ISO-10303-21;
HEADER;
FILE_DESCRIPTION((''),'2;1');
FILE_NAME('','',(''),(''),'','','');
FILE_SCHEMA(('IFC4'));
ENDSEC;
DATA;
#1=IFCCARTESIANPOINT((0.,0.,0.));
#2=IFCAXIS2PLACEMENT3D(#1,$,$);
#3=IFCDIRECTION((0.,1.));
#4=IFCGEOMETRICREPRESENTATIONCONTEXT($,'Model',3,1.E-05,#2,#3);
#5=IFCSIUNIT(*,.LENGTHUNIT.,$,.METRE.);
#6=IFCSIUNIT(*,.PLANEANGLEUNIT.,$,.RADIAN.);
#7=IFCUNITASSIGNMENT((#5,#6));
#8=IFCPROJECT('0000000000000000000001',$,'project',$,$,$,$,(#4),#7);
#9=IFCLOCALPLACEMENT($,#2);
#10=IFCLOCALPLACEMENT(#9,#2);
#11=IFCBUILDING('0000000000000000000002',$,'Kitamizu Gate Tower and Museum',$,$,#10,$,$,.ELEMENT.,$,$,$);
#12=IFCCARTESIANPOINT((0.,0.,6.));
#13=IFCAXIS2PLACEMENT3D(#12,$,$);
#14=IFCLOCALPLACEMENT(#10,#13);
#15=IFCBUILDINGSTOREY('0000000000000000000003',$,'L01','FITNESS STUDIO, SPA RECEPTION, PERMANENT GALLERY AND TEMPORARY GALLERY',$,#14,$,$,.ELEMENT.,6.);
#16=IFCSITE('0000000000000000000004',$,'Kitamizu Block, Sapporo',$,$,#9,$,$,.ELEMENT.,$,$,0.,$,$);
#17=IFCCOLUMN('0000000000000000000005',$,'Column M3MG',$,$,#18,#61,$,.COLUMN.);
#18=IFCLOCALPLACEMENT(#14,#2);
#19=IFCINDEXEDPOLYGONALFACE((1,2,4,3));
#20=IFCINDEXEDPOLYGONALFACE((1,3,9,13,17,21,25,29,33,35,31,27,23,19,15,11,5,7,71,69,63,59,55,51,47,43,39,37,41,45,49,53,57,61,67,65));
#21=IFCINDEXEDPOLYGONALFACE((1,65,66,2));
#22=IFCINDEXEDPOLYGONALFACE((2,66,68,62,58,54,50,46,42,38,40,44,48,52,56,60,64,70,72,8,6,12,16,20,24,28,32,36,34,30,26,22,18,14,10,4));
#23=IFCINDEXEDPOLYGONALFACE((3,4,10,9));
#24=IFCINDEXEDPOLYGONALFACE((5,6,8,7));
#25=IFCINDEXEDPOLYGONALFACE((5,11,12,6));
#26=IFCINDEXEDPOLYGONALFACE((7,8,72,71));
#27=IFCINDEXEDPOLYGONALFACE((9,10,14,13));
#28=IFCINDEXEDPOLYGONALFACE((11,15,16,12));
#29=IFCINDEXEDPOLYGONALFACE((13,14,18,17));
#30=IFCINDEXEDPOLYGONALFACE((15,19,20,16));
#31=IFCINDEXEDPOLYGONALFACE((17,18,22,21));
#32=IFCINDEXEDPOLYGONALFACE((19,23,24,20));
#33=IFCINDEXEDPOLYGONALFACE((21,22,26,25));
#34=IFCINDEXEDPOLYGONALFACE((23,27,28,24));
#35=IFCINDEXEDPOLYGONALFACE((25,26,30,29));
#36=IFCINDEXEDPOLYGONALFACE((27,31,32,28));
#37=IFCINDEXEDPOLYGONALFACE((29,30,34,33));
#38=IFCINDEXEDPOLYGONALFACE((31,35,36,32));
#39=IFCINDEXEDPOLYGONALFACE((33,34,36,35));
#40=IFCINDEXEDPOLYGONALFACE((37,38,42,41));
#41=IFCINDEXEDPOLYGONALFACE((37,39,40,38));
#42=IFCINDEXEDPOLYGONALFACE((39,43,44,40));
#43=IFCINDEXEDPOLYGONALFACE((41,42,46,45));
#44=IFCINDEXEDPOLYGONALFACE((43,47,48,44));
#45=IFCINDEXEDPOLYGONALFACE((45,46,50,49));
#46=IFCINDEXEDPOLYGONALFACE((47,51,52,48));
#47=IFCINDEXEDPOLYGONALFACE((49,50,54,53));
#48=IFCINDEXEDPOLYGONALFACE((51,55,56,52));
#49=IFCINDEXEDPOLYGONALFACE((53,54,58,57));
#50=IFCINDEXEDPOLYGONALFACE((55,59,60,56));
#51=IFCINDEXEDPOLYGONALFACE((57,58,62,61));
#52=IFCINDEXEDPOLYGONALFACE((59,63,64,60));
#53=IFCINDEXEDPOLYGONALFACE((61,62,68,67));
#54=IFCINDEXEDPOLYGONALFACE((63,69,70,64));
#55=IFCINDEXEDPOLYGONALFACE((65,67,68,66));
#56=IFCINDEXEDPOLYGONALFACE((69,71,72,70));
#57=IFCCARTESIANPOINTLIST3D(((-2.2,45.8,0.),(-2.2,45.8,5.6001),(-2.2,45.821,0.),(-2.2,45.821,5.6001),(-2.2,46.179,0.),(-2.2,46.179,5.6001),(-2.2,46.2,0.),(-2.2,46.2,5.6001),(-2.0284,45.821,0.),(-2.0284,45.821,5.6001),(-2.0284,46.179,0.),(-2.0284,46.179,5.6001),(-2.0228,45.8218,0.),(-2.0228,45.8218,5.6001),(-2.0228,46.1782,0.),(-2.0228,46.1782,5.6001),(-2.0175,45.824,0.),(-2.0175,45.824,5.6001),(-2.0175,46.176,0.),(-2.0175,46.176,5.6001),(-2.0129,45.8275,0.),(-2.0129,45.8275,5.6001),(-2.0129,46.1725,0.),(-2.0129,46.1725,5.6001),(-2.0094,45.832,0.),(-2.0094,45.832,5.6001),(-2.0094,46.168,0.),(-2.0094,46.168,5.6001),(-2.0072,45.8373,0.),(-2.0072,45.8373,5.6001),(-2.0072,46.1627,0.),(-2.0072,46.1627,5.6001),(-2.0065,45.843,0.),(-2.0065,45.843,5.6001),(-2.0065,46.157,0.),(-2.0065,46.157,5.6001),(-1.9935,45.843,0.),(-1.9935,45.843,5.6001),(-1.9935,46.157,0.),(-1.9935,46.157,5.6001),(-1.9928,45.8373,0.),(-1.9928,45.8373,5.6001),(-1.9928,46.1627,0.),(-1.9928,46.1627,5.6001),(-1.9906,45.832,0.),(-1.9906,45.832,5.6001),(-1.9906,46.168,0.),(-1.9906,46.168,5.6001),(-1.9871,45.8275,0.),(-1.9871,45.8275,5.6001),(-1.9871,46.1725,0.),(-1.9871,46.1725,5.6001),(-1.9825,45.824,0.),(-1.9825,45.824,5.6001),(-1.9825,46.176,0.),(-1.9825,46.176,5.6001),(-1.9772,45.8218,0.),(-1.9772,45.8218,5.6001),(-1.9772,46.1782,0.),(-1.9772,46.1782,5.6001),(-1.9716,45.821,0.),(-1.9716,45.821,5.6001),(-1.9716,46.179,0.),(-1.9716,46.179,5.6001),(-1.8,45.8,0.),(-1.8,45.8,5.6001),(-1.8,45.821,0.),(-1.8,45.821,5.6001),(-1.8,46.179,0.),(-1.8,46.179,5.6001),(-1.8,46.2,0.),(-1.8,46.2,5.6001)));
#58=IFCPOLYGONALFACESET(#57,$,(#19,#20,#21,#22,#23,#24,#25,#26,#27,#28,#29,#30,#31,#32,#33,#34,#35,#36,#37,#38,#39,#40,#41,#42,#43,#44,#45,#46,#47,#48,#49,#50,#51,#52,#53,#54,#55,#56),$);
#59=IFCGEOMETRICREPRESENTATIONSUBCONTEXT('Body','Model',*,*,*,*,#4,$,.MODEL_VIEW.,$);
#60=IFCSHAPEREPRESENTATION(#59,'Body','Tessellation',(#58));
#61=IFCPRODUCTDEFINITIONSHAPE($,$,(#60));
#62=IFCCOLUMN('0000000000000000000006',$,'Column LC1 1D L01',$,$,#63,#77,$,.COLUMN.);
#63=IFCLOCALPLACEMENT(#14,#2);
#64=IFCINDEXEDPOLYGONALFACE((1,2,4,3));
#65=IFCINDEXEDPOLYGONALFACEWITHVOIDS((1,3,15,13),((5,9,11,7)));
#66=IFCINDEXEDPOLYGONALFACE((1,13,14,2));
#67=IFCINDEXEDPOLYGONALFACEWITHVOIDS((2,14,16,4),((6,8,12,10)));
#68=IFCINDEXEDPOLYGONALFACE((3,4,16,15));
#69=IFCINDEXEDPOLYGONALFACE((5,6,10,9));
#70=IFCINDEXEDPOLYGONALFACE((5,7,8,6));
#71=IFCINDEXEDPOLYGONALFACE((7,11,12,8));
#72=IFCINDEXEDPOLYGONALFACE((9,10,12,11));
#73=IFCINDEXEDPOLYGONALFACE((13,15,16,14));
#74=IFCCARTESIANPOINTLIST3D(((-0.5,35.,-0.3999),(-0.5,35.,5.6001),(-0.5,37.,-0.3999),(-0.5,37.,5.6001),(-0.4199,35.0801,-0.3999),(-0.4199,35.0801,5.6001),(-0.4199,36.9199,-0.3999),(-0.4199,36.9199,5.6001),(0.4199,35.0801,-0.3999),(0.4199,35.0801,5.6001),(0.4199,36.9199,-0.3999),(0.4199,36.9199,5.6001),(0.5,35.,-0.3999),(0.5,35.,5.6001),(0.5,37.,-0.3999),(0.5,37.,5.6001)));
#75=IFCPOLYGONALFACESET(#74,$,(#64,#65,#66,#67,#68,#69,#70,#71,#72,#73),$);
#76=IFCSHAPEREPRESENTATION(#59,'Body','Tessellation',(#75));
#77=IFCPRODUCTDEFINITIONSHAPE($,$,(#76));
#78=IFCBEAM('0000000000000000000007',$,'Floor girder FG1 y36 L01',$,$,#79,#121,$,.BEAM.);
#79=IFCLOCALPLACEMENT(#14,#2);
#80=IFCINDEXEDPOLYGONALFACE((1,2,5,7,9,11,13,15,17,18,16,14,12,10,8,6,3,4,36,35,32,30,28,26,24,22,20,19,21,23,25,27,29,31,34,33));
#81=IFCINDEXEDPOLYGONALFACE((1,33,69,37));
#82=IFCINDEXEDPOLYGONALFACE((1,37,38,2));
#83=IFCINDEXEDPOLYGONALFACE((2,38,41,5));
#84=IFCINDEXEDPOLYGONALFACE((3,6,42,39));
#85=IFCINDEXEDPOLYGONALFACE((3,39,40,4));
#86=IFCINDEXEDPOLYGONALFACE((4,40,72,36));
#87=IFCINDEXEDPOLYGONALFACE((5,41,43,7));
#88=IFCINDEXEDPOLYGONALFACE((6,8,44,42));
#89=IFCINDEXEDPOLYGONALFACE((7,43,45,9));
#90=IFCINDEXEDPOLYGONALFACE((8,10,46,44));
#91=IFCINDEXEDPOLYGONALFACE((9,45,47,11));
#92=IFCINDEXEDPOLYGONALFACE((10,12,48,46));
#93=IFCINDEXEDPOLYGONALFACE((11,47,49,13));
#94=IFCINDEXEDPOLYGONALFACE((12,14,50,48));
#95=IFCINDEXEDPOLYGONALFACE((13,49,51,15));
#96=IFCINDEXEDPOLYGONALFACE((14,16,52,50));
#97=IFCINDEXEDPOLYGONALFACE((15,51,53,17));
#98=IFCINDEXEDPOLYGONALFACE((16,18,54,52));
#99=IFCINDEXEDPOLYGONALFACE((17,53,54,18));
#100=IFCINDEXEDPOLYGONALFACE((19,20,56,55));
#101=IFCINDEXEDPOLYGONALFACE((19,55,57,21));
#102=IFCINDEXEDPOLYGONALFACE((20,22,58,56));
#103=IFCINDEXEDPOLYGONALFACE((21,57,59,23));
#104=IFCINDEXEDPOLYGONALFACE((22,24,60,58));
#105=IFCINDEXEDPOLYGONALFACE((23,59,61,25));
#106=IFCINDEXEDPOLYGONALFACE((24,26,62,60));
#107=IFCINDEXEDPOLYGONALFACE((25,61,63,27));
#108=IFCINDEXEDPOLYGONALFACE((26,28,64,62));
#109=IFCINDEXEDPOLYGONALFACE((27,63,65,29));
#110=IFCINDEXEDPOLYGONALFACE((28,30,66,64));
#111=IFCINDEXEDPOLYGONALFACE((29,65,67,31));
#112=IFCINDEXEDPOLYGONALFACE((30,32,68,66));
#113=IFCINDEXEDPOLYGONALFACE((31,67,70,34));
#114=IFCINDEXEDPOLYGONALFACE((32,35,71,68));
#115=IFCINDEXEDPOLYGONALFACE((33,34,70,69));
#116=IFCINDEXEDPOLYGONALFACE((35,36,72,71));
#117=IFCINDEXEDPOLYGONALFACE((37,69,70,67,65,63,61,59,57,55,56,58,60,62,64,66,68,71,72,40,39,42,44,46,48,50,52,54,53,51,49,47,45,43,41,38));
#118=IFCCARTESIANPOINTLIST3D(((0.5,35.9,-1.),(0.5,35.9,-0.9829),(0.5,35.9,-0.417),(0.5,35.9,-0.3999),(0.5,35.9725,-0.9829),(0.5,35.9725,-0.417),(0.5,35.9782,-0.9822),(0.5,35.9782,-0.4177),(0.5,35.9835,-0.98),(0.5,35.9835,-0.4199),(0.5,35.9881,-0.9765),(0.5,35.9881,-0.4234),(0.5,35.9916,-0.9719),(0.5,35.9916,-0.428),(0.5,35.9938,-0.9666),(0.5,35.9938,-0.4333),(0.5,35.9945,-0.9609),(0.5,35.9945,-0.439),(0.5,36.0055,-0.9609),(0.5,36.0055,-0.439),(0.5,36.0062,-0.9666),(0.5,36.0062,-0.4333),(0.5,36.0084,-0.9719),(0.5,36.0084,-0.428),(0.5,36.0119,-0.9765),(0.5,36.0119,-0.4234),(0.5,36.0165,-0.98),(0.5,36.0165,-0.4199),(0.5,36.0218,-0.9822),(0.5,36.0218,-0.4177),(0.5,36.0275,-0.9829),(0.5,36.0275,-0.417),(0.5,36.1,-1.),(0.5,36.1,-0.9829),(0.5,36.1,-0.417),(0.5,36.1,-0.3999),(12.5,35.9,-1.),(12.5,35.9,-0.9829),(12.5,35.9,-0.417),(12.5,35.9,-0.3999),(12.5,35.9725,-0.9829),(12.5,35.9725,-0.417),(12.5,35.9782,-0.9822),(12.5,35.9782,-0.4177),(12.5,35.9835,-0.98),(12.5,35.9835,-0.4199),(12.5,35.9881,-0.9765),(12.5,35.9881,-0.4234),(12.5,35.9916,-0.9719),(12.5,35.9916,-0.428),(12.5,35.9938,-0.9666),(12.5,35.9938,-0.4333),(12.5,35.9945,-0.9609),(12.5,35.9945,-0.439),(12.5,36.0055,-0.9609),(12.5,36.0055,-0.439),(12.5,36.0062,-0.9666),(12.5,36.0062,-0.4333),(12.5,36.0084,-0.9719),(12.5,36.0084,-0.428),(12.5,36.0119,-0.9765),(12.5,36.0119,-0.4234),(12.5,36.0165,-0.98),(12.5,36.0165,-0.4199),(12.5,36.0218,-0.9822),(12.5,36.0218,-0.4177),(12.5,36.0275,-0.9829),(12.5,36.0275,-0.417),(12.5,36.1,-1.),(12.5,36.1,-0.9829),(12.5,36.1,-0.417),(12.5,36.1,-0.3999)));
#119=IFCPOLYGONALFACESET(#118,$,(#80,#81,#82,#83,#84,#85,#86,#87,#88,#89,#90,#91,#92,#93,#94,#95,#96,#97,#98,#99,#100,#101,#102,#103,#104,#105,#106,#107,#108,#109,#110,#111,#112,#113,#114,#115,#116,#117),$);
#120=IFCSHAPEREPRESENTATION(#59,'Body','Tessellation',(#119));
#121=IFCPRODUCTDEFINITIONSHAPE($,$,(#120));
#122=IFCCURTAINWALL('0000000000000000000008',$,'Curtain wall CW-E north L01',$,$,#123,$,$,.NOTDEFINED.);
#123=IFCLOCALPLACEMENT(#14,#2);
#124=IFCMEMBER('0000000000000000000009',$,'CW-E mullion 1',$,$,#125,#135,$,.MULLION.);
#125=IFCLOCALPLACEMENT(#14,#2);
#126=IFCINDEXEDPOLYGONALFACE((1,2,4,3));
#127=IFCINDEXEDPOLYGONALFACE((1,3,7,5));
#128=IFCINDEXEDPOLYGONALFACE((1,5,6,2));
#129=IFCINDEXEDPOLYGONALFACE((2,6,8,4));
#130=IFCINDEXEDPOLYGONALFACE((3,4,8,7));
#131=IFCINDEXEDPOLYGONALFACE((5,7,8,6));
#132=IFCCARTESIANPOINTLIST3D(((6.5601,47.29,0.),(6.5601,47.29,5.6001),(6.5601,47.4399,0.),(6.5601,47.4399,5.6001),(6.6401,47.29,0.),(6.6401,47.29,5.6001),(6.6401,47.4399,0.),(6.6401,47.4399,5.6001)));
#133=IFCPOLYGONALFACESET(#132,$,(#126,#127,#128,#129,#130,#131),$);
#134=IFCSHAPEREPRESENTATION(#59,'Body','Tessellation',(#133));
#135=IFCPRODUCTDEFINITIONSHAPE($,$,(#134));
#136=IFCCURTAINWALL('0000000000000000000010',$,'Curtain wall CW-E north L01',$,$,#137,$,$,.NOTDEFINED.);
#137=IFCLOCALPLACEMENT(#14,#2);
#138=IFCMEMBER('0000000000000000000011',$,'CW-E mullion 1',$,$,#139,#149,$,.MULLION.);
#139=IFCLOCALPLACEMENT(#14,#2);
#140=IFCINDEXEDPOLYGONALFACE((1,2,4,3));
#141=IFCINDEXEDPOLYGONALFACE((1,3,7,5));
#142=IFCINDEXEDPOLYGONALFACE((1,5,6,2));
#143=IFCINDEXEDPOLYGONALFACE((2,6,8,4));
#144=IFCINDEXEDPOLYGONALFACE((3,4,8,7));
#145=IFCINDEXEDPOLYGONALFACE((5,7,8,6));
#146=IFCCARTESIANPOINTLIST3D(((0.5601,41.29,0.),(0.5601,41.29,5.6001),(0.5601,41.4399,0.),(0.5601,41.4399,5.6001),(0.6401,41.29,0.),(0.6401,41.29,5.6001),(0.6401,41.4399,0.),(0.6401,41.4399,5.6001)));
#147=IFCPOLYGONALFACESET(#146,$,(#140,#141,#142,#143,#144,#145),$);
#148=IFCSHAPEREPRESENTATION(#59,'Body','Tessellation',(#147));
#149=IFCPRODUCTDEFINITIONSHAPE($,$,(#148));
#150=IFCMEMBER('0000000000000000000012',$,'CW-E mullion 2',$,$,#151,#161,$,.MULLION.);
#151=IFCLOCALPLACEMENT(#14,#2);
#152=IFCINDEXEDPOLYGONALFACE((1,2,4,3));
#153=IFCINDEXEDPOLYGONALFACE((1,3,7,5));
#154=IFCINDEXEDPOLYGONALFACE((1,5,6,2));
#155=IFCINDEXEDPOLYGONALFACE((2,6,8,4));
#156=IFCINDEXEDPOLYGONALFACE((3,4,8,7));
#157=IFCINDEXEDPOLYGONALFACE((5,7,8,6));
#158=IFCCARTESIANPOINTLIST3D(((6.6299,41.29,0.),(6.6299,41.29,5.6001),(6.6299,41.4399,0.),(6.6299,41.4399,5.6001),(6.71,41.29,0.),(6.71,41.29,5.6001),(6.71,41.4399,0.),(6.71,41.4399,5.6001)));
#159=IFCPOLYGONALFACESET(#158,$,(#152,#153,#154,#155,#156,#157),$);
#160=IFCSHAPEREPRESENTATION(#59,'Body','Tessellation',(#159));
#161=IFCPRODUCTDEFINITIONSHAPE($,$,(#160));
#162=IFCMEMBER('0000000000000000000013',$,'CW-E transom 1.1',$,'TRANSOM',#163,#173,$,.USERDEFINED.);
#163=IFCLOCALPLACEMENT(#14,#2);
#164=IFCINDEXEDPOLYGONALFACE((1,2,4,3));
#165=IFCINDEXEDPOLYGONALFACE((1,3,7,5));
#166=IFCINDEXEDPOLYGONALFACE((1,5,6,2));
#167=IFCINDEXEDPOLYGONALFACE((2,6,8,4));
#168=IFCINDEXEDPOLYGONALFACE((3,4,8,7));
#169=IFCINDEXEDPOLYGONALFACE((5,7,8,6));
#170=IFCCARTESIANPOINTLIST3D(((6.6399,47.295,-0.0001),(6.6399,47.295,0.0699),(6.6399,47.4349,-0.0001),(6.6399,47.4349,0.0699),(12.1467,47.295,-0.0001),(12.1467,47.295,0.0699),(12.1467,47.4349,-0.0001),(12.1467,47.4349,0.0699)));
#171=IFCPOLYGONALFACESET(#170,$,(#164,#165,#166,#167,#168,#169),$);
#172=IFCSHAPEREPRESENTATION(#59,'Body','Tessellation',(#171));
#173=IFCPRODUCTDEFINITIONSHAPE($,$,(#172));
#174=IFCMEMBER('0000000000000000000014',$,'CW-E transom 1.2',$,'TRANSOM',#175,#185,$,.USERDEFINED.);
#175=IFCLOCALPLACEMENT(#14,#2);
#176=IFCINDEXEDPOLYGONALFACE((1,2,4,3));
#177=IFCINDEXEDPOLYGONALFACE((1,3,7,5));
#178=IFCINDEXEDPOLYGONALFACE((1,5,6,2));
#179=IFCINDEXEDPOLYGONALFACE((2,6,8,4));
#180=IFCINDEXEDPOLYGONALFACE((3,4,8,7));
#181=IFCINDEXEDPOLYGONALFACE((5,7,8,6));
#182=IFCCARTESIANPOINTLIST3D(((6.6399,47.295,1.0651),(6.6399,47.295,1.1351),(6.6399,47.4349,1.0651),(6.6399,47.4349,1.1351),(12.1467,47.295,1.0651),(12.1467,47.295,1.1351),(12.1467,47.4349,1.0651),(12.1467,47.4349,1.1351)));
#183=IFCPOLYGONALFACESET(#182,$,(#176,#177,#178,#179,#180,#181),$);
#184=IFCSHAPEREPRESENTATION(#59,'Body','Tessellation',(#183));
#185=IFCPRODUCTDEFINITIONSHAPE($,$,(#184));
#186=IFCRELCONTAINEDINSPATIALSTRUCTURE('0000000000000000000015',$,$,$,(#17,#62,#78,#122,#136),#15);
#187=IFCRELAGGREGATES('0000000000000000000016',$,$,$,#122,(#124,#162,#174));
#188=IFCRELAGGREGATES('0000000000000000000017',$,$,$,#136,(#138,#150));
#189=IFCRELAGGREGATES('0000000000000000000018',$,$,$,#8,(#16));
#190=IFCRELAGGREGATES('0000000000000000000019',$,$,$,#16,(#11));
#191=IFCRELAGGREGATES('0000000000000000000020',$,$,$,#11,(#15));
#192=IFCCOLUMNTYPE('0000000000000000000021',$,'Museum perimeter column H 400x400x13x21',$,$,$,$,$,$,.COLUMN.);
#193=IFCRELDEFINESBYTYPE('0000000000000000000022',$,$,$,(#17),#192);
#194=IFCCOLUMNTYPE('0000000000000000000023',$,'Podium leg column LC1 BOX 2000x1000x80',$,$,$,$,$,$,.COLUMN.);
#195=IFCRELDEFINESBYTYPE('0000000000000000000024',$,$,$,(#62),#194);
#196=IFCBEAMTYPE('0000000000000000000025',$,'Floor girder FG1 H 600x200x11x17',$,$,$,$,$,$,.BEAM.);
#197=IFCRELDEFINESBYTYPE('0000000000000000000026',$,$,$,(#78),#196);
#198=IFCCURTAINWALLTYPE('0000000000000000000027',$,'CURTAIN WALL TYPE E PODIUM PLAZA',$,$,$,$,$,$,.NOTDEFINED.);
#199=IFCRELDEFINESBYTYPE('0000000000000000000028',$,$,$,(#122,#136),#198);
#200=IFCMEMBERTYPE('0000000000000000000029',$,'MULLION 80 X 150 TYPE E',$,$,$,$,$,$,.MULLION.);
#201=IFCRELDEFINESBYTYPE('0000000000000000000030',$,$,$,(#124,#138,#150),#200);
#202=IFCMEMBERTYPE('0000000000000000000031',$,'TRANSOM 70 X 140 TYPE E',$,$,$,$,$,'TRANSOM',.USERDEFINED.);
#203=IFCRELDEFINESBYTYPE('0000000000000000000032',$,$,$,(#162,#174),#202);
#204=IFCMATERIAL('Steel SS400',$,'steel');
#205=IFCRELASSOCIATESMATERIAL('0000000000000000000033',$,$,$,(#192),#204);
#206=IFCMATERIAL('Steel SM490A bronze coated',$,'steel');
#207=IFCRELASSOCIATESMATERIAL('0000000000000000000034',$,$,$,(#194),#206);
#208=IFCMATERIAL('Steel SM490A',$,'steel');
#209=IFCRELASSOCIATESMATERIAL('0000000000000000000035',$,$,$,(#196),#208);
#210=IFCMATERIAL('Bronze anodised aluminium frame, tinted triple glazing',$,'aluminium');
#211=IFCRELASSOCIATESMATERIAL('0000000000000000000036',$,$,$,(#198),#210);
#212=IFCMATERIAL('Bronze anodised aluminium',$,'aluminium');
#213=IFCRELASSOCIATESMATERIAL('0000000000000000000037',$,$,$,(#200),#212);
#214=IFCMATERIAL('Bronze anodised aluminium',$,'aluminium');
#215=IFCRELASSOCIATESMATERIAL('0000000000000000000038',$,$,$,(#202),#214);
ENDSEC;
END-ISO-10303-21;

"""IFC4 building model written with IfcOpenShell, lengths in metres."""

from ifc_helpers import new_model, si_unit, direction, frame, origin, origin_2d, place, context, subcontext, project, spatial, rectangle, hollow_rectangle, i_section, extrude, material, material_profile, profile_set, type_object, element, aggregate, save


model = new_model("IFC4")

# Units and contexts
model_context = context("Model", 3, precision=1e-05, world=origin(), true_north=direction((0.0, 1.0)))
body_context = subcontext(model_context, "Body", "Model", "MODEL_VIEW")
ifc_project = project(units=[si_unit("LENGTHUNIT", "METRE"), si_unit("PLANEANGLEUNIT", "RADIAN")], contexts=[model_context])

# Site, building, storey
site_placement = place(None, origin())
site = spatial("IfcSite", under=ifc_project, at=site_placement, Name="Kitamizu Block, Sapporo", CompositionType="ELEMENT", RefElevation=0.0)
building_placement = place(site_placement, origin())
building = spatial("IfcBuilding", under=site, at=building_placement, Name="Kitamizu Gate Tower and Museum", CompositionType="ELEMENT")
storey_placement = place(building_placement, frame((0.0, 0.0, 6.0)))
storey = spatial("IfcBuildingStorey", under=building, at=storey_placement, Name="L01", Description="FITNESS STUDIO, SPA RECEPTION, PERMANENT GALLERY AND TEMPORARY GALLERY", CompositionType="ELEMENT", Elevation=6.0)

# Columns
ifc_material_1 = material(Name="Steel SS400", Category="steel")
ifc_material_profile_1 = material_profile(ifc_material_1, i_section(OverallWidth=0.3999, OverallDepth=0.3999, WebThickness=0.0129, FlangeThickness=0.021, FilletRadius=0.022, at=origin_2d()), Name="H-400x400x13x21")
ifc_profile_set_1 = profile_set([ifc_material_profile_1], Name="Steel SS400")
column_type_1 = type_object("IfcColumnType", Name="Museum perimeter column H 400x400x13x21", PredefinedType="COLUMN", material=ifc_profile_set_1)
column_1_placement = place(storey_placement, frame((-2.0, 46.0, 0.0), z_axis=(0.0, 0.0, 1.0), x_axis=(1.0, 0.0, 0.0)))
element("IfcColumn", 1, at=column_1_placement, inside=storey, type_object=column_type_1, Name="Column M3MG", PredefinedType="COLUMN", context=body_context, shape_type="SweptSolid", body=[
    extrude(i_section(OverallWidth=0.3999, OverallDepth=0.3999, WebThickness=0.0129, FlangeThickness=0.021, FilletRadius=0.022, at=origin_2d()), origin(), (0.0, 0.0, 1.0), 5.6001),
])
ifc_material_2 = material(Name="Steel SM490A bronze coated", Category="steel")
ifc_material_profile_2 = material_profile(ifc_material_2, hollow_rectangle(XDim=2.0, YDim=1.0, WallThickness=0.0801, at=origin_2d()), Name="BOX 2000x1000x80")
ifc_profile_set_2 = profile_set([ifc_material_profile_2], Name="Steel SM490A bronze coated")
column_type_2 = type_object("IfcColumnType", Name="Podium leg column LC1 BOX 2000x1000x80", PredefinedType="COLUMN", material=ifc_profile_set_2)
column_2_placement = place(storey_placement, frame((0.0, 36.0, -0.3999), z_axis=(0.0, 0.0, 1.0), x_axis=(0.0, 1.0, 0.0)))
element("IfcColumn", 2, at=column_2_placement, inside=storey, type_object=column_type_2, Name="Column LC1 1D L01", PredefinedType="COLUMN", context=body_context, shape_type="SweptSolid", body=[
    extrude(hollow_rectangle(XDim=2.0, YDim=1.0, WallThickness=0.0801, at=origin_2d()), origin(), (0.0, 0.0, 1.0), 6.0),
])

# Beam
ifc_material_3 = material(Name="Steel SM490A", Category="steel")
ifc_material_profile_3 = material_profile(ifc_material_3, i_section(OverallWidth=0.2, OverallDepth=0.6001, WebThickness=0.011, FlangeThickness=0.0171, FilletRadius=0.022, at=origin_2d()), Name="H-600x200x11x17")
ifc_profile_set_3 = profile_set([ifc_material_profile_3], Name="Steel SM490A")
beam_type = type_object("IfcBeamType", Name="Floor girder FG1 H 600x200x11x17", PredefinedType="BEAM", material=ifc_profile_set_3)
beam_placement = place(storey_placement, frame((0.5, 36.0, -0.7), z_axis=(1.0, 0.0, 0.0), x_axis=(0.0, 1.0, 0.0)))
element("IfcBeam", 3, at=beam_placement, inside=storey, type_object=beam_type, Name="Floor girder FG1 y36 L01", PredefinedType="BEAM", context=body_context, shape_type="SweptSolid", body=[
    extrude(i_section(OverallWidth=0.2, OverallDepth=0.6001, WebThickness=0.011, FlangeThickness=0.0171, FilletRadius=0.022, at=origin_2d()), origin(), (0.0, 0.0, 1.0), 12.0),
])

# Curtain wall, member
ifc_material_4 = material(Name="Bronze anodised aluminium frame, tinted triple glazing", Category="aluminium")
curtain_wall_type = type_object("IfcCurtainWallType", Name="CURTAIN WALL TYPE E PODIUM PLAZA", PredefinedType="NOTDEFINED", material=ifc_material_4)
curtain_wall_1_placement = place(storey_placement, origin())
curtain_wall_1 = element("IfcCurtainWall", 4, at=curtain_wall_1_placement, inside=storey, type_object=curtain_wall_type, Name="Curtain wall CW-E north L01", PredefinedType="NOTDEFINED")
ifc_material_5 = material(Name="Bronze anodised aluminium", Category="aluminium")
ifc_material_profile_4 = material_profile(ifc_material_5, rectangle(XDim=0.0801, YDim=0.1499, at=origin_2d()), Name="AL 80X150")
ifc_profile_set_4 = profile_set([ifc_material_profile_4], Name="Bronze anodised aluminium")
member_type_1 = type_object("IfcMemberType", Name="MULLION 80 X 150 TYPE E", PredefinedType="MULLION", material=ifc_profile_set_4)
member_1_placement = place(storey_placement, frame((6.6001, 47.365, 0.0), z_axis=(0.0, 0.0, 1.0), x_axis=(1.0, 0.0, 0.0)))
member_1 = element("IfcMember", 5, at=member_1_placement, type_object=member_type_1, Name="CW-E mullion 1", PredefinedType="MULLION", context=body_context, shape_type="SweptSolid", body=[
    extrude(rectangle(XDim=0.0801, YDim=0.1499, at=origin_2d()), origin(), (0.0, 0.0, 1.0), 5.6001),
])

# Curtain wall, members
curtain_wall_2_placement = place(storey_placement, origin())
curtain_wall_2 = element("IfcCurtainWall", 6, at=curtain_wall_2_placement, inside=storey, type_object=curtain_wall_type, Name="Curtain wall CW-E north L01", PredefinedType="NOTDEFINED")
member_2_placement = place(storey_placement, frame((0.6001, 41.365, 0.0), z_axis=(0.0, 0.0, 1.0), x_axis=(1.0, 0.0, 0.0)))
member_2 = element("IfcMember", 7, at=member_2_placement, type_object=member_type_1, Name="CW-E mullion 1", PredefinedType="MULLION", context=body_context, shape_type="SweptSolid", body=[
    extrude(rectangle(XDim=0.0801, YDim=0.1499, at=origin_2d()), origin(), (0.0, 0.0, 1.0), 5.6001),
])
member_3_placement = place(storey_placement, frame((6.6699, 41.365, 0.0), z_axis=(0.0, 0.0, 1.0), x_axis=(1.0, 0.0, 0.0)))
member_3 = element("IfcMember", 8, at=member_3_placement, type_object=member_type_1, Name="CW-E mullion 2", PredefinedType="MULLION", context=body_context, shape_type="SweptSolid", body=[
    extrude(rectangle(XDim=0.0801, YDim=0.1499, at=origin_2d()), origin(), (0.0, 0.0, 1.0), 5.6001),
])

# Members
ifc_material_6 = material(Name="Bronze anodised aluminium", Category="aluminium")
ifc_material_profile_5 = material_profile(ifc_material_6, rectangle(XDim=0.1399, YDim=0.0701, at=origin_2d()), Name="AL 70X140")
ifc_profile_set_5 = profile_set([ifc_material_profile_5], Name="Bronze anodised aluminium")
member_type_2 = type_object("IfcMemberType", Name="TRANSOM 70 X 140 TYPE E", ElementType="TRANSOM", PredefinedType="USERDEFINED", material=ifc_profile_set_5)
member_4_placement = place(storey_placement, frame((6.6399, 47.365, 0.0349), z_axis=(1.0, 0.0, 0.0), x_axis=(0.0, 1.0, 0.0)))
member_4 = element("IfcMember", 9, at=member_4_placement, type_object=member_type_2, Name="CW-E transom 1.1", ObjectType="TRANSOM", PredefinedType="USERDEFINED", context=body_context, shape_type="SweptSolid", body=[
    extrude(rectangle(XDim=0.1399, YDim=0.0701, at=origin_2d()), origin(), (0.0, 0.0, 1.0), 5.5068),
])
member_5_placement = place(storey_placement, frame((6.6399, 47.365, 1.1001), z_axis=(1.0, 0.0, 0.0), x_axis=(0.0, 1.0, 0.0)))
member_5 = element("IfcMember", 10, at=member_5_placement, type_object=member_type_2, Name="CW-E transom 1.2", ObjectType="TRANSOM", PredefinedType="USERDEFINED", context=body_context, shape_type="SweptSolid", body=[
    extrude(rectangle(XDim=0.1399, YDim=0.0701, at=origin_2d()), origin(), (0.0, 0.0, 1.0), 5.5068),
])
aggregate(curtain_wall_1, [member_1, member_4, member_5])

aggregate(curtain_wall_2, [member_2, member_3])

save(model, "model.ifc")
